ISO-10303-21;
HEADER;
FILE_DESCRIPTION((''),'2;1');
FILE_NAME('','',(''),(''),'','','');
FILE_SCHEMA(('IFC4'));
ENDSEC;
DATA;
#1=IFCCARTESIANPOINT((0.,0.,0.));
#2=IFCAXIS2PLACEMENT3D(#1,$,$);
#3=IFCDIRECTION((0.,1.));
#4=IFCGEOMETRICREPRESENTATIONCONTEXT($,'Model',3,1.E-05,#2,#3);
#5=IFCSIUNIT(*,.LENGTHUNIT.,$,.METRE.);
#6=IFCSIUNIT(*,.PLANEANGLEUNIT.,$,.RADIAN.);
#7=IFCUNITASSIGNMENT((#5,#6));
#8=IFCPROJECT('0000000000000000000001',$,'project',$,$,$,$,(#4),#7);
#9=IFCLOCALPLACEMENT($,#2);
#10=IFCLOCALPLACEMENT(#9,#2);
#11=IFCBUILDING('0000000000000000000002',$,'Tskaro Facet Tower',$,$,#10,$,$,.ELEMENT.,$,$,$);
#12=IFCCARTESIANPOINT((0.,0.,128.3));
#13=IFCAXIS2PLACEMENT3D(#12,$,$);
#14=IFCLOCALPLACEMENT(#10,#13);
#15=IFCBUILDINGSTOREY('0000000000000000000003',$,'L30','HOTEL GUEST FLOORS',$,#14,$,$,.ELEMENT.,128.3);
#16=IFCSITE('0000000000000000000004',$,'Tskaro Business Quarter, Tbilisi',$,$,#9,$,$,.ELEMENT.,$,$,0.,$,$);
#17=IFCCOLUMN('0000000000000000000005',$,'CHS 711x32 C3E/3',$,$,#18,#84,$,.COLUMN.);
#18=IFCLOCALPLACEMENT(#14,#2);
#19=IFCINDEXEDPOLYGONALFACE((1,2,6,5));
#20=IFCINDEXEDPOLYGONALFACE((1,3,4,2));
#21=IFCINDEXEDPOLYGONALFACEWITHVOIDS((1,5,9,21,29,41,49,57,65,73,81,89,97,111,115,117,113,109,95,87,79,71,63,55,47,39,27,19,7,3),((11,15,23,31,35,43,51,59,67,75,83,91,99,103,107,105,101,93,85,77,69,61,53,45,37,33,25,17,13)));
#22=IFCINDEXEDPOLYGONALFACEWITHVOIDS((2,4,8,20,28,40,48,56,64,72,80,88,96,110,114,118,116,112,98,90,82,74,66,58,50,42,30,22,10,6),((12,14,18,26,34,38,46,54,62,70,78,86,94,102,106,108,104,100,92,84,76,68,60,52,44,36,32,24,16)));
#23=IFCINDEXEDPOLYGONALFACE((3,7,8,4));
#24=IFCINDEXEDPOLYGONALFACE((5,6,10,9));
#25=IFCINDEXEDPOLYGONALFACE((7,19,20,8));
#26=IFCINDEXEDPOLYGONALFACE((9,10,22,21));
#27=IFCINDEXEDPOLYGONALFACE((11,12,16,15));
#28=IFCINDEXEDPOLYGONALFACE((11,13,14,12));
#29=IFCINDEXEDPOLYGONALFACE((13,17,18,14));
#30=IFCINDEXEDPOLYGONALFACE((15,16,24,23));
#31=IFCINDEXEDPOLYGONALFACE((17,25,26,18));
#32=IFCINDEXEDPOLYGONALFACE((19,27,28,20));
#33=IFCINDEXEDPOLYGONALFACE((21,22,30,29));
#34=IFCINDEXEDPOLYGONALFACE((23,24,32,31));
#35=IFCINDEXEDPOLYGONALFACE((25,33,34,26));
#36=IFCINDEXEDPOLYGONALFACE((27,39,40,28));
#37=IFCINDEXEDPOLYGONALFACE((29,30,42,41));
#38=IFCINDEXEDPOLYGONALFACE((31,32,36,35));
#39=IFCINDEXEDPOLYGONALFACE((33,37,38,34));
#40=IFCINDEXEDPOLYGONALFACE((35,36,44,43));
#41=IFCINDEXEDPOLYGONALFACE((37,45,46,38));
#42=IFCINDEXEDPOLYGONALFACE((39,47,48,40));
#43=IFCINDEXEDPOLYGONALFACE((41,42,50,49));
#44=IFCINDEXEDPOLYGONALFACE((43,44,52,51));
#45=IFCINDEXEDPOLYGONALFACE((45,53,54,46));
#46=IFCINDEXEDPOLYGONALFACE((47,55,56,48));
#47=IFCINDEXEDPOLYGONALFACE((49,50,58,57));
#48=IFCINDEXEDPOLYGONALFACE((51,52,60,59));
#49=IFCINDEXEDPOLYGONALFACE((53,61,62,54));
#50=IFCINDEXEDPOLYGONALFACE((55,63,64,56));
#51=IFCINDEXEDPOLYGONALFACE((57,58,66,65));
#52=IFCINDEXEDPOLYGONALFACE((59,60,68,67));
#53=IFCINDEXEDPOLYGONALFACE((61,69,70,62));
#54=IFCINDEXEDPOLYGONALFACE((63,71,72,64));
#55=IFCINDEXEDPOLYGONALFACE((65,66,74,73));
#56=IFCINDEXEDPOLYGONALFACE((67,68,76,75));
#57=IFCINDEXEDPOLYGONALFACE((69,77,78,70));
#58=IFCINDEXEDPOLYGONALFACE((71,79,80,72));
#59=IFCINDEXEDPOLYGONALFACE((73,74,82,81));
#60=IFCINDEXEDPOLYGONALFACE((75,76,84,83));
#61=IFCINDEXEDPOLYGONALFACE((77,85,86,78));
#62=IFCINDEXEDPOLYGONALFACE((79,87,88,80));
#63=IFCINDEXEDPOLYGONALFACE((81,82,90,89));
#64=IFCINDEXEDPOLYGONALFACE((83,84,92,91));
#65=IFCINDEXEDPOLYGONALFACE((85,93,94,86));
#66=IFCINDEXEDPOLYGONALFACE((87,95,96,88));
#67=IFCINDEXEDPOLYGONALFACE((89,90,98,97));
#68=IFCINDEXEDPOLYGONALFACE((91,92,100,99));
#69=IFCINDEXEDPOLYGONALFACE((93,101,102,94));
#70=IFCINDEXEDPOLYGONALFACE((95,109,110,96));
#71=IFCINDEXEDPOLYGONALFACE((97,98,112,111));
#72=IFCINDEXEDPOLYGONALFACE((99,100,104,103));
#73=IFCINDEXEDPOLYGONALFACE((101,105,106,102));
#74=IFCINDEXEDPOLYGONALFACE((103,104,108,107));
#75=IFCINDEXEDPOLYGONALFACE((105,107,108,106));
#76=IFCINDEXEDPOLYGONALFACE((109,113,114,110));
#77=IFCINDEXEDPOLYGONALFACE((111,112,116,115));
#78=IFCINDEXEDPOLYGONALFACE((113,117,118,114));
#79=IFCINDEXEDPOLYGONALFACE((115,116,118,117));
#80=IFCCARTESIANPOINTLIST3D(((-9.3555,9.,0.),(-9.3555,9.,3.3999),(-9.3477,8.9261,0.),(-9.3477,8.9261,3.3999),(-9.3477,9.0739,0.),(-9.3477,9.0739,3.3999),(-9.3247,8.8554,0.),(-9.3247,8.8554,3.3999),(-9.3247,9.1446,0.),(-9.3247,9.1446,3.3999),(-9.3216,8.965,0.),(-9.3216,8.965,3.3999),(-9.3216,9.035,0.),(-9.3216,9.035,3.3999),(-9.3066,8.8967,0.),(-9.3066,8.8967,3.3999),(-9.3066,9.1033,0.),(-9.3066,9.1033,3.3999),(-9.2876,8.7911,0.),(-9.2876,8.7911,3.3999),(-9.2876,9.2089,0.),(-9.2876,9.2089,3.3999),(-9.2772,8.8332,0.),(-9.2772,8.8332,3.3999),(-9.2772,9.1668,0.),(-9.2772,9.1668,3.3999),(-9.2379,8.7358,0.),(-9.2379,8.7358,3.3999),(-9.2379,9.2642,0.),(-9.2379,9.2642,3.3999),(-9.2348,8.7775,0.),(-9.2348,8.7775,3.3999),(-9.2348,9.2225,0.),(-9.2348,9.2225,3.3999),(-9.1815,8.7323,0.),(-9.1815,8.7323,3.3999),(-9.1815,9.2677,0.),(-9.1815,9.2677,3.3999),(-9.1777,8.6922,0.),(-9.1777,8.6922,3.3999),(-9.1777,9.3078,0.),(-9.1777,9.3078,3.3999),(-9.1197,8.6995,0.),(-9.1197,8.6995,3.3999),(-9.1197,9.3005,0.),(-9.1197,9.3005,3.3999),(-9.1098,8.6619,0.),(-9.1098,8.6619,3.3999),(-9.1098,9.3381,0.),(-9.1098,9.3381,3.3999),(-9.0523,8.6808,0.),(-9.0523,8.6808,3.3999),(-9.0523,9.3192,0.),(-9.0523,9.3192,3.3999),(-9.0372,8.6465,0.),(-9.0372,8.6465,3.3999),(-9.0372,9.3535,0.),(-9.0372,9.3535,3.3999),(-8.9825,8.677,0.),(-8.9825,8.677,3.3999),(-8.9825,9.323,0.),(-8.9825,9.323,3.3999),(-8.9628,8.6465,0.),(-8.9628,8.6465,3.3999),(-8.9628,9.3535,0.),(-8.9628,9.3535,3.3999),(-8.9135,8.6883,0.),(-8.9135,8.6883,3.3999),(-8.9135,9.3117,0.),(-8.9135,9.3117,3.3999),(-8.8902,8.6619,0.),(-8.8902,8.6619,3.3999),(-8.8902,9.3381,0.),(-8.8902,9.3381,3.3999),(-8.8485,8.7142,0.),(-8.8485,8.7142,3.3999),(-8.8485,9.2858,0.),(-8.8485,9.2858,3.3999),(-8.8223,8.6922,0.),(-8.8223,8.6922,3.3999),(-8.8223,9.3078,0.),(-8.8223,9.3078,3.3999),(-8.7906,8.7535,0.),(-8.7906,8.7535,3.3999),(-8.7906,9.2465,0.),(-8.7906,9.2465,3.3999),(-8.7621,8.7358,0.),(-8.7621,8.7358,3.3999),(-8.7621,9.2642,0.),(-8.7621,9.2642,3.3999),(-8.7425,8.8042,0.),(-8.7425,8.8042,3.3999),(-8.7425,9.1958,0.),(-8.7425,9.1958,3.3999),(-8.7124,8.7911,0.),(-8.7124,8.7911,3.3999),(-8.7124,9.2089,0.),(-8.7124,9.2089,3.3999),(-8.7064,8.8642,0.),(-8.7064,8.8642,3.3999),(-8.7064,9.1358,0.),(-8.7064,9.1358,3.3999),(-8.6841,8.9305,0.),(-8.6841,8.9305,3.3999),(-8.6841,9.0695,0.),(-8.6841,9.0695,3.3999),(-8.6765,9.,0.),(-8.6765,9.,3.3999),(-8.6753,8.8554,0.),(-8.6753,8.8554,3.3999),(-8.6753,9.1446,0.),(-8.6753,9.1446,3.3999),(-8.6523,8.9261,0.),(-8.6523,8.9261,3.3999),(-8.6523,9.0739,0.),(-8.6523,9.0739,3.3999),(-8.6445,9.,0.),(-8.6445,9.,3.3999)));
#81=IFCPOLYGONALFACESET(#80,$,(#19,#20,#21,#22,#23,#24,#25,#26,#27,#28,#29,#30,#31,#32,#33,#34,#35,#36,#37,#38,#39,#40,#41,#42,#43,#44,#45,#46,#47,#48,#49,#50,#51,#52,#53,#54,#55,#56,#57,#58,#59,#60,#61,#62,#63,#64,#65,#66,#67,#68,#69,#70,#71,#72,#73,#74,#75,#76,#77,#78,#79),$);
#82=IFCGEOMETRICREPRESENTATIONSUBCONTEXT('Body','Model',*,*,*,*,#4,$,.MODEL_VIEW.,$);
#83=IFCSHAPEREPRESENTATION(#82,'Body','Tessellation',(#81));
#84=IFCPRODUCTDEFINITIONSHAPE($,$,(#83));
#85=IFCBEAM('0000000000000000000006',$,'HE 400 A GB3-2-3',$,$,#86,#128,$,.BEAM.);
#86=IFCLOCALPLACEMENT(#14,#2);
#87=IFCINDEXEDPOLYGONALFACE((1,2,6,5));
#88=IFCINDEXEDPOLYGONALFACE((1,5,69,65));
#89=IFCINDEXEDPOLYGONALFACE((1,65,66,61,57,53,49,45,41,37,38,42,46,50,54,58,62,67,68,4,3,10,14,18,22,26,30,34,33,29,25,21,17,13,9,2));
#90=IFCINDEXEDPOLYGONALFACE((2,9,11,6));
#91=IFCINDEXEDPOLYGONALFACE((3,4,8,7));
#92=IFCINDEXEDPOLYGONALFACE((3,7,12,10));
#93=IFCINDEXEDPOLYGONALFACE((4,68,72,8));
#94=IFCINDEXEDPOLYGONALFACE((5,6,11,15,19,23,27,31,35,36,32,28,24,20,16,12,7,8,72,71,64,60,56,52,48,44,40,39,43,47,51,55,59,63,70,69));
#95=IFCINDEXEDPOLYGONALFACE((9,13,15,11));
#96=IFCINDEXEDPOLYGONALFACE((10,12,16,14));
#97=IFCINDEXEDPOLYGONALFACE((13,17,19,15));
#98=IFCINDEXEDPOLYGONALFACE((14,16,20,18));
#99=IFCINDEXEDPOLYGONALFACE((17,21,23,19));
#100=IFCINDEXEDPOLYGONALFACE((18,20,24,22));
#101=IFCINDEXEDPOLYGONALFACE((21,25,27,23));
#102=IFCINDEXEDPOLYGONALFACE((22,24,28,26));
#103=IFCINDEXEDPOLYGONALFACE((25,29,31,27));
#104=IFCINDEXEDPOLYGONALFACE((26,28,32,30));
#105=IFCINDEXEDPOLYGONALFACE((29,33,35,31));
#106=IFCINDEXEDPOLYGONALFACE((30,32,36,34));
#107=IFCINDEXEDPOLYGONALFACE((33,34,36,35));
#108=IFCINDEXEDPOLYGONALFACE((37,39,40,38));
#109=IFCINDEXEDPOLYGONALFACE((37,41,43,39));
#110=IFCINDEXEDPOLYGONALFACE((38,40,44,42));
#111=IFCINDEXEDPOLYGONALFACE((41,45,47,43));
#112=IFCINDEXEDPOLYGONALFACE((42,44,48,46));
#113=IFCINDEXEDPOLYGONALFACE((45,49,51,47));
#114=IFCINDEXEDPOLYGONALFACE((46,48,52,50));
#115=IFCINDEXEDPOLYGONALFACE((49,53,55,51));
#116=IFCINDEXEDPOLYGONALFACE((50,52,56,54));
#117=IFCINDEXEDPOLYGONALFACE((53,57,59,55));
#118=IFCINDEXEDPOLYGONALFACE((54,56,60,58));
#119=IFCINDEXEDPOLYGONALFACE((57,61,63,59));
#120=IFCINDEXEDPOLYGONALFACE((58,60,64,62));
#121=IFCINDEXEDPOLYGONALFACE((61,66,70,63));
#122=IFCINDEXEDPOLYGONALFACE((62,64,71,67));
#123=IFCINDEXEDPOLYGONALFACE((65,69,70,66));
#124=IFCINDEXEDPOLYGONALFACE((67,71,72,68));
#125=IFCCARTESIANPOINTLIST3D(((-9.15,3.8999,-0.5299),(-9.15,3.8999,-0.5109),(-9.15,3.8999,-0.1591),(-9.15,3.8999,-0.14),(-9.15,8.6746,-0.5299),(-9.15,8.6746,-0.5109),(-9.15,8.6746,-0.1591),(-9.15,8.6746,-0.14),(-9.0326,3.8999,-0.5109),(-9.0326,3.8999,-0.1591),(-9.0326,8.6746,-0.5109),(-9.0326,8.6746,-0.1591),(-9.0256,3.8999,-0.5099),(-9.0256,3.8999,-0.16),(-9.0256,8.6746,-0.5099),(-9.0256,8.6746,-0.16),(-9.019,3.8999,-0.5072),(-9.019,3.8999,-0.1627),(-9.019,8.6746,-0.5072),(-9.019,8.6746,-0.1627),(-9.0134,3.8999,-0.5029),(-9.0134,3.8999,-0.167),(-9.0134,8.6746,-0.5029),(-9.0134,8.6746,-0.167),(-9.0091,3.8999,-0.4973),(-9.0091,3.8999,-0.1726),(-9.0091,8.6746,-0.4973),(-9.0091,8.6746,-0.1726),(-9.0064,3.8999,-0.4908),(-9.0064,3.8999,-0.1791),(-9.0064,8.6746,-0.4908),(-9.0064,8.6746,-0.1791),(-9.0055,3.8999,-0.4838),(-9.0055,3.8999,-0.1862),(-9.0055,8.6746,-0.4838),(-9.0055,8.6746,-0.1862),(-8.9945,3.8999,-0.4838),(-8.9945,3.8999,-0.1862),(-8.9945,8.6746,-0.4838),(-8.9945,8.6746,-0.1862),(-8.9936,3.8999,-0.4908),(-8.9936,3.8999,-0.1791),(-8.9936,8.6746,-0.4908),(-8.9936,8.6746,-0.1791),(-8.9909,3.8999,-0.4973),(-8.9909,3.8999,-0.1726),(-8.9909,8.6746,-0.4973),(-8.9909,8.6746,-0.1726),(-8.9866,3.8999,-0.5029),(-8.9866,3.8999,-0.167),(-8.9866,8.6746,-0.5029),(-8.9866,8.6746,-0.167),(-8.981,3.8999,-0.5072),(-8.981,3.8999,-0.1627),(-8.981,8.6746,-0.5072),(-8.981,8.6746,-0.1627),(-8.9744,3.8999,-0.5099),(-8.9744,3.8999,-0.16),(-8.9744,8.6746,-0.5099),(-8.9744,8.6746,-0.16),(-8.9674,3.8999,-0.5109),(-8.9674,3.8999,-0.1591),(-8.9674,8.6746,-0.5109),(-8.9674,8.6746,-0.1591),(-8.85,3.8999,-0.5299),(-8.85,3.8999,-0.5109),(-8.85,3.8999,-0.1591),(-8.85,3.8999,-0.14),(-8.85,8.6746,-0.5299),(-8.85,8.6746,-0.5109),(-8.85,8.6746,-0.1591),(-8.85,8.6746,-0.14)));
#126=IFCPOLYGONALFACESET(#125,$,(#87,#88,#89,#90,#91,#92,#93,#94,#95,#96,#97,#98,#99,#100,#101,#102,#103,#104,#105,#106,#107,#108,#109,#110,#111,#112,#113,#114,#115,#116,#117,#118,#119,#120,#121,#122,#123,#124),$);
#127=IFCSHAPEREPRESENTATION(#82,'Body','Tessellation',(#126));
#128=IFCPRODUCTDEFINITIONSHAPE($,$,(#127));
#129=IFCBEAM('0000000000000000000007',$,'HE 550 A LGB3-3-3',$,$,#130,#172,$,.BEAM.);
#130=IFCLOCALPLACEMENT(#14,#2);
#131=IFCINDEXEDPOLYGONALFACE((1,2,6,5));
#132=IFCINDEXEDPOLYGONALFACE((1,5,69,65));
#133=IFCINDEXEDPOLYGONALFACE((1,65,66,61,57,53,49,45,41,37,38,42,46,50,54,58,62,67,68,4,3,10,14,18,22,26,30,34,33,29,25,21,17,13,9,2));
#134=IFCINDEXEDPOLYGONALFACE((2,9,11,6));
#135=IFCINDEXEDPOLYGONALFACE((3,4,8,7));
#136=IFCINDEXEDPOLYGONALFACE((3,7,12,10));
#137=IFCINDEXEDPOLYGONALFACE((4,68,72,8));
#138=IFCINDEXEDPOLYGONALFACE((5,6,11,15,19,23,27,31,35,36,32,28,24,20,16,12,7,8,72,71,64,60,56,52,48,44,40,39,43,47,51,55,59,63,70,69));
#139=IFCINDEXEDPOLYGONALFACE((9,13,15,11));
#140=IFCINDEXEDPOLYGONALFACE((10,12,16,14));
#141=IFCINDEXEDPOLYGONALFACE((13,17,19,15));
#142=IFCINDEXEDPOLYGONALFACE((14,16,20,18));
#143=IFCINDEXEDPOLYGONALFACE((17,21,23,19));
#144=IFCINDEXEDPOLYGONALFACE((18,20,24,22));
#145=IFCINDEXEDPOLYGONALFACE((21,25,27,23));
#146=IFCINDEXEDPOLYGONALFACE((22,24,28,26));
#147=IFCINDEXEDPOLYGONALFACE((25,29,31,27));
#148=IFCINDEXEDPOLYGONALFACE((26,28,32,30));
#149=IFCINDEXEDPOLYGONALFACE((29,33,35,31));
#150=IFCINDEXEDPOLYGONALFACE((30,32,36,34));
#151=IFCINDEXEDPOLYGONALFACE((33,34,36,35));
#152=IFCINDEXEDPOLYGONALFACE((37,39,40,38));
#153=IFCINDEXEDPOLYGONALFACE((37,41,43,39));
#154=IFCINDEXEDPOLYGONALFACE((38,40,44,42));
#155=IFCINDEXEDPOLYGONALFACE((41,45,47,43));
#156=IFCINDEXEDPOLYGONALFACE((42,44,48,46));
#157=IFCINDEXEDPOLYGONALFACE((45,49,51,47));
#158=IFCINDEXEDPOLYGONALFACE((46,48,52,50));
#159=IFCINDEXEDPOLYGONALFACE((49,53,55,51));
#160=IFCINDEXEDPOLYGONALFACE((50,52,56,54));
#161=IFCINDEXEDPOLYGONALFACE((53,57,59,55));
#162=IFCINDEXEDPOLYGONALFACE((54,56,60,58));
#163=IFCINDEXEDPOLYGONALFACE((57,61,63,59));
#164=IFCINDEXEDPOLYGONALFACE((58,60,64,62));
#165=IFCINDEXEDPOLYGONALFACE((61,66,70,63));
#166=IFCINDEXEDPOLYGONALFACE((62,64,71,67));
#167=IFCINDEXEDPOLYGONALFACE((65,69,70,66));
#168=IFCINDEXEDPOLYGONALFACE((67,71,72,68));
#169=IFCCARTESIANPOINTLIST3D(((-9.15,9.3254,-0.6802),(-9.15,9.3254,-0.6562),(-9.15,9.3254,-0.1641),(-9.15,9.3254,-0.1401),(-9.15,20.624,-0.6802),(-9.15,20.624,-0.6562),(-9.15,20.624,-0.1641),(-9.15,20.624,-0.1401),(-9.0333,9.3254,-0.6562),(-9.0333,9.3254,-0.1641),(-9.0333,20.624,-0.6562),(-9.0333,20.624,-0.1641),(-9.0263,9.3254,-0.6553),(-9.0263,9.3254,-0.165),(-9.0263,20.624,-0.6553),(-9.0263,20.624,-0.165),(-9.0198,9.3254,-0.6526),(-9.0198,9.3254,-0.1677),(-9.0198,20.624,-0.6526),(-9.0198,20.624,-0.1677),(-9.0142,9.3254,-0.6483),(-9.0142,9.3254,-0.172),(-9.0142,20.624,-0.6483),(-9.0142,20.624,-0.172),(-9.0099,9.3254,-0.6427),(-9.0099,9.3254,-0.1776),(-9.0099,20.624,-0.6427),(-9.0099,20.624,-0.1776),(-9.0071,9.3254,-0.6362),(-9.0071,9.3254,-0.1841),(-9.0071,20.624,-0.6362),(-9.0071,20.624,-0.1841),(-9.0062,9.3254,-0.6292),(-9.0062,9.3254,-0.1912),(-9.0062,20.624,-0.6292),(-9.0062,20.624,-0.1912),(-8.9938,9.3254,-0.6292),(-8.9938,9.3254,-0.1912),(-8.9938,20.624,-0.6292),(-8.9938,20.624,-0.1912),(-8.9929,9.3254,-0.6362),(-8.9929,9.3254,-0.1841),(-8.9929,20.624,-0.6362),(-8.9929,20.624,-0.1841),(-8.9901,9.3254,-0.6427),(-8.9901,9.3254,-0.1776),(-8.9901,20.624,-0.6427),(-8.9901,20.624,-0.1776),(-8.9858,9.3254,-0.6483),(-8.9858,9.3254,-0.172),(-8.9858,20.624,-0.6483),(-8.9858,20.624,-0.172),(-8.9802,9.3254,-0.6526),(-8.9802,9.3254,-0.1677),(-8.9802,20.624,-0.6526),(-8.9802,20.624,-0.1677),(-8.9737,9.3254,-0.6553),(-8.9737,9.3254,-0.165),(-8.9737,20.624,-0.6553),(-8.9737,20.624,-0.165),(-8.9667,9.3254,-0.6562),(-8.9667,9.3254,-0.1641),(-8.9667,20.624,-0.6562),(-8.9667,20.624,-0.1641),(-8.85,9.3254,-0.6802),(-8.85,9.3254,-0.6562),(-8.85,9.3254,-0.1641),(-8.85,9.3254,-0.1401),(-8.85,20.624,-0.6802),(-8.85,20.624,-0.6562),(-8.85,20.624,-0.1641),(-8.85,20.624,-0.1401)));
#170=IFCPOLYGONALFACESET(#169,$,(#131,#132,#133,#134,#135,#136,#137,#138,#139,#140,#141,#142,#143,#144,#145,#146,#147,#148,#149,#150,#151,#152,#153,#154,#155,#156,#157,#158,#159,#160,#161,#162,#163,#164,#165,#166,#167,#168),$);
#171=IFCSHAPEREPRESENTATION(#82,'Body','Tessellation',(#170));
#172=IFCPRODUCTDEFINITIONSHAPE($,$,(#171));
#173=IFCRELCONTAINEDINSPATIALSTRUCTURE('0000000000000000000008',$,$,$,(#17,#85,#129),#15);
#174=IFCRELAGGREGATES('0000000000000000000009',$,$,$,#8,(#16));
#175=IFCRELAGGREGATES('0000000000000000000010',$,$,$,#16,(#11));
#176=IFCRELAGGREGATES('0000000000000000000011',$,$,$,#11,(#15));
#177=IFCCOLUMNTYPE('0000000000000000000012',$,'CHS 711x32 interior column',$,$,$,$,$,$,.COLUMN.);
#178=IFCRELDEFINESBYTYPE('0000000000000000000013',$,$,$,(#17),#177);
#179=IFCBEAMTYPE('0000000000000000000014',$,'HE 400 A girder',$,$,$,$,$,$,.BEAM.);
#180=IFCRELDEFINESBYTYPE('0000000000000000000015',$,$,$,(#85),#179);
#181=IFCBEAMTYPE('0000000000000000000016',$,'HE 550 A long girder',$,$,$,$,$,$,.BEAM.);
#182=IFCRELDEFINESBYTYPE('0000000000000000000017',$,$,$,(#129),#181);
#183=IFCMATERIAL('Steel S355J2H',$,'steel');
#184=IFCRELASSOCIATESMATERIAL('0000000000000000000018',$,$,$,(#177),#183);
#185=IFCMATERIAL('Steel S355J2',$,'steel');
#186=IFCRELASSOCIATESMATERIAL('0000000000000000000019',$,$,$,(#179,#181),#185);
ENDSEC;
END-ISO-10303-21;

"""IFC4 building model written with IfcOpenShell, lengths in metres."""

from ifc_helpers import new_model, si_unit, direction, frame, origin, origin_2d, place, context, subcontext, project, spatial, hollow_circle, i_section, extrude, material, material_profile, profile_set, type_object, element, save


model = new_model("IFC4")

# Units and contexts
model_context = context("Model", 3, precision=1e-05, world=origin(), true_north=direction((0.0, 1.0)))
body_context = subcontext(model_context, "Body", "Model", "MODEL_VIEW")
ifc_project = project(units=[si_unit("LENGTHUNIT", "METRE"), si_unit("PLANEANGLEUNIT", "RADIAN")], contexts=[model_context])

# Site, building, storey
site_placement = place(None, origin())
site = spatial("IfcSite", under=ifc_project, at=site_placement, Name="Tskaro Business Quarter, Tbilisi", CompositionType="ELEMENT", RefElevation=0.0)
building_placement = place(site_placement, origin())
building = spatial("IfcBuilding", under=site, at=building_placement, Name="Tskaro Facet Tower", CompositionType="ELEMENT")
storey_placement = place(building_placement, frame((0.0, 0.0, 128.3)))
storey = spatial("IfcBuildingStorey", under=building, at=storey_placement, Name="L30", Description="HOTEL GUEST FLOORS", CompositionType="ELEMENT", Elevation=128.3)

# Column
ifc_material_1 = material(Name="Steel S355J2H", Category="steel")
ifc_material_profile_1 = material_profile(ifc_material_1, hollow_circle(Radius=0.3555, WallThickness=0.032, at=origin_2d()), Name="CHS 711x32")
ifc_profile_set_1 = profile_set([ifc_material_profile_1], Name="Steel S355J2H")
column_type = type_object("IfcColumnType", Name="CHS 711x32 interior column", PredefinedType="COLUMN", material=ifc_profile_set_1)
column_placement = place(storey_placement, frame((-9.0, 9.0, 0.0), z_axis=(0.0, 0.0, 1.0), x_axis=(1.0, 0.0, 0.0)))
element("IfcColumn", 1, at=column_placement, inside=storey, type_object=column_type, Name="CHS 711x32 C3E/3", PredefinedType="COLUMN", context=body_context, shape_type="SweptSolid", body=[
    extrude(hollow_circle(Radius=0.3555, WallThickness=0.032, at=origin_2d()), origin(), (0.0, 0.0, 1.0), 3.3999),
])

# Beams
ifc_material_2 = material(Name="Steel S355J2", Category="steel")
ifc_material_profile_2 = material_profile(ifc_material_2, i_section(OverallWidth=0.3, OverallDepth=0.3899, WebThickness=0.011, FlangeThickness=0.019, FilletRadius=0.0271, at=origin_2d()), Name="HE 400 A")
ifc_profile_set_2 = profile_set([ifc_material_profile_2], Name="Steel S355J2")
beam_type_1 = type_object("IfcBeamType", Name="HE 400 A girder", PredefinedType="BEAM", material=ifc_profile_set_2)
beam_1_placement = place(storey_placement, frame((-9.0, 3.8999, -0.335), z_axis=(0.0, 1.0, 0.0), x_axis=(-1.0, 0.0, 0.0)))
element("IfcBeam", 2, at=beam_1_placement, inside=storey, type_object=beam_type_1, Name="HE 400 A GB3-2-3", PredefinedType="BEAM", context=body_context, shape_type="SweptSolid", body=[
    extrude(i_section(OverallWidth=0.3, OverallDepth=0.3899, WebThickness=0.011, FlangeThickness=0.019, FilletRadius=0.0271, at=origin_2d()), origin(), (0.0, 0.0, 1.0), 4.7747),
])
ifc_material_profile_3 = material_profile(ifc_material_2, i_section(OverallWidth=0.3, OverallDepth=0.54, WebThickness=0.0125, FlangeThickness=0.0239, FilletRadius=0.0271, at=origin_2d()), Name="HE 550 A")
ifc_profile_set_3 = profile_set([ifc_material_profile_3], Name="Steel S355J2")
beam_type_2 = type_object("IfcBeamType", Name="HE 550 A long girder", PredefinedType="BEAM", material=ifc_profile_set_3)
beam_2_placement = place(storey_placement, frame((-9.0, 9.3254, -0.4102), z_axis=(0.0, 1.0, 0.0), x_axis=(-1.0, 0.0, 0.0)))
element("IfcBeam", 3, at=beam_2_placement, inside=storey, type_object=beam_type_2, Name="HE 550 A LGB3-3-3", PredefinedType="BEAM", context=body_context, shape_type="SweptSolid", body=[
    extrude(i_section(OverallWidth=0.3, OverallDepth=0.54, WebThickness=0.0125, FlangeThickness=0.0239, FilletRadius=0.0271, at=origin_2d()), origin(), (0.0, 0.0, 1.0), 11.2986),
])

save(model, "model.ifc")
